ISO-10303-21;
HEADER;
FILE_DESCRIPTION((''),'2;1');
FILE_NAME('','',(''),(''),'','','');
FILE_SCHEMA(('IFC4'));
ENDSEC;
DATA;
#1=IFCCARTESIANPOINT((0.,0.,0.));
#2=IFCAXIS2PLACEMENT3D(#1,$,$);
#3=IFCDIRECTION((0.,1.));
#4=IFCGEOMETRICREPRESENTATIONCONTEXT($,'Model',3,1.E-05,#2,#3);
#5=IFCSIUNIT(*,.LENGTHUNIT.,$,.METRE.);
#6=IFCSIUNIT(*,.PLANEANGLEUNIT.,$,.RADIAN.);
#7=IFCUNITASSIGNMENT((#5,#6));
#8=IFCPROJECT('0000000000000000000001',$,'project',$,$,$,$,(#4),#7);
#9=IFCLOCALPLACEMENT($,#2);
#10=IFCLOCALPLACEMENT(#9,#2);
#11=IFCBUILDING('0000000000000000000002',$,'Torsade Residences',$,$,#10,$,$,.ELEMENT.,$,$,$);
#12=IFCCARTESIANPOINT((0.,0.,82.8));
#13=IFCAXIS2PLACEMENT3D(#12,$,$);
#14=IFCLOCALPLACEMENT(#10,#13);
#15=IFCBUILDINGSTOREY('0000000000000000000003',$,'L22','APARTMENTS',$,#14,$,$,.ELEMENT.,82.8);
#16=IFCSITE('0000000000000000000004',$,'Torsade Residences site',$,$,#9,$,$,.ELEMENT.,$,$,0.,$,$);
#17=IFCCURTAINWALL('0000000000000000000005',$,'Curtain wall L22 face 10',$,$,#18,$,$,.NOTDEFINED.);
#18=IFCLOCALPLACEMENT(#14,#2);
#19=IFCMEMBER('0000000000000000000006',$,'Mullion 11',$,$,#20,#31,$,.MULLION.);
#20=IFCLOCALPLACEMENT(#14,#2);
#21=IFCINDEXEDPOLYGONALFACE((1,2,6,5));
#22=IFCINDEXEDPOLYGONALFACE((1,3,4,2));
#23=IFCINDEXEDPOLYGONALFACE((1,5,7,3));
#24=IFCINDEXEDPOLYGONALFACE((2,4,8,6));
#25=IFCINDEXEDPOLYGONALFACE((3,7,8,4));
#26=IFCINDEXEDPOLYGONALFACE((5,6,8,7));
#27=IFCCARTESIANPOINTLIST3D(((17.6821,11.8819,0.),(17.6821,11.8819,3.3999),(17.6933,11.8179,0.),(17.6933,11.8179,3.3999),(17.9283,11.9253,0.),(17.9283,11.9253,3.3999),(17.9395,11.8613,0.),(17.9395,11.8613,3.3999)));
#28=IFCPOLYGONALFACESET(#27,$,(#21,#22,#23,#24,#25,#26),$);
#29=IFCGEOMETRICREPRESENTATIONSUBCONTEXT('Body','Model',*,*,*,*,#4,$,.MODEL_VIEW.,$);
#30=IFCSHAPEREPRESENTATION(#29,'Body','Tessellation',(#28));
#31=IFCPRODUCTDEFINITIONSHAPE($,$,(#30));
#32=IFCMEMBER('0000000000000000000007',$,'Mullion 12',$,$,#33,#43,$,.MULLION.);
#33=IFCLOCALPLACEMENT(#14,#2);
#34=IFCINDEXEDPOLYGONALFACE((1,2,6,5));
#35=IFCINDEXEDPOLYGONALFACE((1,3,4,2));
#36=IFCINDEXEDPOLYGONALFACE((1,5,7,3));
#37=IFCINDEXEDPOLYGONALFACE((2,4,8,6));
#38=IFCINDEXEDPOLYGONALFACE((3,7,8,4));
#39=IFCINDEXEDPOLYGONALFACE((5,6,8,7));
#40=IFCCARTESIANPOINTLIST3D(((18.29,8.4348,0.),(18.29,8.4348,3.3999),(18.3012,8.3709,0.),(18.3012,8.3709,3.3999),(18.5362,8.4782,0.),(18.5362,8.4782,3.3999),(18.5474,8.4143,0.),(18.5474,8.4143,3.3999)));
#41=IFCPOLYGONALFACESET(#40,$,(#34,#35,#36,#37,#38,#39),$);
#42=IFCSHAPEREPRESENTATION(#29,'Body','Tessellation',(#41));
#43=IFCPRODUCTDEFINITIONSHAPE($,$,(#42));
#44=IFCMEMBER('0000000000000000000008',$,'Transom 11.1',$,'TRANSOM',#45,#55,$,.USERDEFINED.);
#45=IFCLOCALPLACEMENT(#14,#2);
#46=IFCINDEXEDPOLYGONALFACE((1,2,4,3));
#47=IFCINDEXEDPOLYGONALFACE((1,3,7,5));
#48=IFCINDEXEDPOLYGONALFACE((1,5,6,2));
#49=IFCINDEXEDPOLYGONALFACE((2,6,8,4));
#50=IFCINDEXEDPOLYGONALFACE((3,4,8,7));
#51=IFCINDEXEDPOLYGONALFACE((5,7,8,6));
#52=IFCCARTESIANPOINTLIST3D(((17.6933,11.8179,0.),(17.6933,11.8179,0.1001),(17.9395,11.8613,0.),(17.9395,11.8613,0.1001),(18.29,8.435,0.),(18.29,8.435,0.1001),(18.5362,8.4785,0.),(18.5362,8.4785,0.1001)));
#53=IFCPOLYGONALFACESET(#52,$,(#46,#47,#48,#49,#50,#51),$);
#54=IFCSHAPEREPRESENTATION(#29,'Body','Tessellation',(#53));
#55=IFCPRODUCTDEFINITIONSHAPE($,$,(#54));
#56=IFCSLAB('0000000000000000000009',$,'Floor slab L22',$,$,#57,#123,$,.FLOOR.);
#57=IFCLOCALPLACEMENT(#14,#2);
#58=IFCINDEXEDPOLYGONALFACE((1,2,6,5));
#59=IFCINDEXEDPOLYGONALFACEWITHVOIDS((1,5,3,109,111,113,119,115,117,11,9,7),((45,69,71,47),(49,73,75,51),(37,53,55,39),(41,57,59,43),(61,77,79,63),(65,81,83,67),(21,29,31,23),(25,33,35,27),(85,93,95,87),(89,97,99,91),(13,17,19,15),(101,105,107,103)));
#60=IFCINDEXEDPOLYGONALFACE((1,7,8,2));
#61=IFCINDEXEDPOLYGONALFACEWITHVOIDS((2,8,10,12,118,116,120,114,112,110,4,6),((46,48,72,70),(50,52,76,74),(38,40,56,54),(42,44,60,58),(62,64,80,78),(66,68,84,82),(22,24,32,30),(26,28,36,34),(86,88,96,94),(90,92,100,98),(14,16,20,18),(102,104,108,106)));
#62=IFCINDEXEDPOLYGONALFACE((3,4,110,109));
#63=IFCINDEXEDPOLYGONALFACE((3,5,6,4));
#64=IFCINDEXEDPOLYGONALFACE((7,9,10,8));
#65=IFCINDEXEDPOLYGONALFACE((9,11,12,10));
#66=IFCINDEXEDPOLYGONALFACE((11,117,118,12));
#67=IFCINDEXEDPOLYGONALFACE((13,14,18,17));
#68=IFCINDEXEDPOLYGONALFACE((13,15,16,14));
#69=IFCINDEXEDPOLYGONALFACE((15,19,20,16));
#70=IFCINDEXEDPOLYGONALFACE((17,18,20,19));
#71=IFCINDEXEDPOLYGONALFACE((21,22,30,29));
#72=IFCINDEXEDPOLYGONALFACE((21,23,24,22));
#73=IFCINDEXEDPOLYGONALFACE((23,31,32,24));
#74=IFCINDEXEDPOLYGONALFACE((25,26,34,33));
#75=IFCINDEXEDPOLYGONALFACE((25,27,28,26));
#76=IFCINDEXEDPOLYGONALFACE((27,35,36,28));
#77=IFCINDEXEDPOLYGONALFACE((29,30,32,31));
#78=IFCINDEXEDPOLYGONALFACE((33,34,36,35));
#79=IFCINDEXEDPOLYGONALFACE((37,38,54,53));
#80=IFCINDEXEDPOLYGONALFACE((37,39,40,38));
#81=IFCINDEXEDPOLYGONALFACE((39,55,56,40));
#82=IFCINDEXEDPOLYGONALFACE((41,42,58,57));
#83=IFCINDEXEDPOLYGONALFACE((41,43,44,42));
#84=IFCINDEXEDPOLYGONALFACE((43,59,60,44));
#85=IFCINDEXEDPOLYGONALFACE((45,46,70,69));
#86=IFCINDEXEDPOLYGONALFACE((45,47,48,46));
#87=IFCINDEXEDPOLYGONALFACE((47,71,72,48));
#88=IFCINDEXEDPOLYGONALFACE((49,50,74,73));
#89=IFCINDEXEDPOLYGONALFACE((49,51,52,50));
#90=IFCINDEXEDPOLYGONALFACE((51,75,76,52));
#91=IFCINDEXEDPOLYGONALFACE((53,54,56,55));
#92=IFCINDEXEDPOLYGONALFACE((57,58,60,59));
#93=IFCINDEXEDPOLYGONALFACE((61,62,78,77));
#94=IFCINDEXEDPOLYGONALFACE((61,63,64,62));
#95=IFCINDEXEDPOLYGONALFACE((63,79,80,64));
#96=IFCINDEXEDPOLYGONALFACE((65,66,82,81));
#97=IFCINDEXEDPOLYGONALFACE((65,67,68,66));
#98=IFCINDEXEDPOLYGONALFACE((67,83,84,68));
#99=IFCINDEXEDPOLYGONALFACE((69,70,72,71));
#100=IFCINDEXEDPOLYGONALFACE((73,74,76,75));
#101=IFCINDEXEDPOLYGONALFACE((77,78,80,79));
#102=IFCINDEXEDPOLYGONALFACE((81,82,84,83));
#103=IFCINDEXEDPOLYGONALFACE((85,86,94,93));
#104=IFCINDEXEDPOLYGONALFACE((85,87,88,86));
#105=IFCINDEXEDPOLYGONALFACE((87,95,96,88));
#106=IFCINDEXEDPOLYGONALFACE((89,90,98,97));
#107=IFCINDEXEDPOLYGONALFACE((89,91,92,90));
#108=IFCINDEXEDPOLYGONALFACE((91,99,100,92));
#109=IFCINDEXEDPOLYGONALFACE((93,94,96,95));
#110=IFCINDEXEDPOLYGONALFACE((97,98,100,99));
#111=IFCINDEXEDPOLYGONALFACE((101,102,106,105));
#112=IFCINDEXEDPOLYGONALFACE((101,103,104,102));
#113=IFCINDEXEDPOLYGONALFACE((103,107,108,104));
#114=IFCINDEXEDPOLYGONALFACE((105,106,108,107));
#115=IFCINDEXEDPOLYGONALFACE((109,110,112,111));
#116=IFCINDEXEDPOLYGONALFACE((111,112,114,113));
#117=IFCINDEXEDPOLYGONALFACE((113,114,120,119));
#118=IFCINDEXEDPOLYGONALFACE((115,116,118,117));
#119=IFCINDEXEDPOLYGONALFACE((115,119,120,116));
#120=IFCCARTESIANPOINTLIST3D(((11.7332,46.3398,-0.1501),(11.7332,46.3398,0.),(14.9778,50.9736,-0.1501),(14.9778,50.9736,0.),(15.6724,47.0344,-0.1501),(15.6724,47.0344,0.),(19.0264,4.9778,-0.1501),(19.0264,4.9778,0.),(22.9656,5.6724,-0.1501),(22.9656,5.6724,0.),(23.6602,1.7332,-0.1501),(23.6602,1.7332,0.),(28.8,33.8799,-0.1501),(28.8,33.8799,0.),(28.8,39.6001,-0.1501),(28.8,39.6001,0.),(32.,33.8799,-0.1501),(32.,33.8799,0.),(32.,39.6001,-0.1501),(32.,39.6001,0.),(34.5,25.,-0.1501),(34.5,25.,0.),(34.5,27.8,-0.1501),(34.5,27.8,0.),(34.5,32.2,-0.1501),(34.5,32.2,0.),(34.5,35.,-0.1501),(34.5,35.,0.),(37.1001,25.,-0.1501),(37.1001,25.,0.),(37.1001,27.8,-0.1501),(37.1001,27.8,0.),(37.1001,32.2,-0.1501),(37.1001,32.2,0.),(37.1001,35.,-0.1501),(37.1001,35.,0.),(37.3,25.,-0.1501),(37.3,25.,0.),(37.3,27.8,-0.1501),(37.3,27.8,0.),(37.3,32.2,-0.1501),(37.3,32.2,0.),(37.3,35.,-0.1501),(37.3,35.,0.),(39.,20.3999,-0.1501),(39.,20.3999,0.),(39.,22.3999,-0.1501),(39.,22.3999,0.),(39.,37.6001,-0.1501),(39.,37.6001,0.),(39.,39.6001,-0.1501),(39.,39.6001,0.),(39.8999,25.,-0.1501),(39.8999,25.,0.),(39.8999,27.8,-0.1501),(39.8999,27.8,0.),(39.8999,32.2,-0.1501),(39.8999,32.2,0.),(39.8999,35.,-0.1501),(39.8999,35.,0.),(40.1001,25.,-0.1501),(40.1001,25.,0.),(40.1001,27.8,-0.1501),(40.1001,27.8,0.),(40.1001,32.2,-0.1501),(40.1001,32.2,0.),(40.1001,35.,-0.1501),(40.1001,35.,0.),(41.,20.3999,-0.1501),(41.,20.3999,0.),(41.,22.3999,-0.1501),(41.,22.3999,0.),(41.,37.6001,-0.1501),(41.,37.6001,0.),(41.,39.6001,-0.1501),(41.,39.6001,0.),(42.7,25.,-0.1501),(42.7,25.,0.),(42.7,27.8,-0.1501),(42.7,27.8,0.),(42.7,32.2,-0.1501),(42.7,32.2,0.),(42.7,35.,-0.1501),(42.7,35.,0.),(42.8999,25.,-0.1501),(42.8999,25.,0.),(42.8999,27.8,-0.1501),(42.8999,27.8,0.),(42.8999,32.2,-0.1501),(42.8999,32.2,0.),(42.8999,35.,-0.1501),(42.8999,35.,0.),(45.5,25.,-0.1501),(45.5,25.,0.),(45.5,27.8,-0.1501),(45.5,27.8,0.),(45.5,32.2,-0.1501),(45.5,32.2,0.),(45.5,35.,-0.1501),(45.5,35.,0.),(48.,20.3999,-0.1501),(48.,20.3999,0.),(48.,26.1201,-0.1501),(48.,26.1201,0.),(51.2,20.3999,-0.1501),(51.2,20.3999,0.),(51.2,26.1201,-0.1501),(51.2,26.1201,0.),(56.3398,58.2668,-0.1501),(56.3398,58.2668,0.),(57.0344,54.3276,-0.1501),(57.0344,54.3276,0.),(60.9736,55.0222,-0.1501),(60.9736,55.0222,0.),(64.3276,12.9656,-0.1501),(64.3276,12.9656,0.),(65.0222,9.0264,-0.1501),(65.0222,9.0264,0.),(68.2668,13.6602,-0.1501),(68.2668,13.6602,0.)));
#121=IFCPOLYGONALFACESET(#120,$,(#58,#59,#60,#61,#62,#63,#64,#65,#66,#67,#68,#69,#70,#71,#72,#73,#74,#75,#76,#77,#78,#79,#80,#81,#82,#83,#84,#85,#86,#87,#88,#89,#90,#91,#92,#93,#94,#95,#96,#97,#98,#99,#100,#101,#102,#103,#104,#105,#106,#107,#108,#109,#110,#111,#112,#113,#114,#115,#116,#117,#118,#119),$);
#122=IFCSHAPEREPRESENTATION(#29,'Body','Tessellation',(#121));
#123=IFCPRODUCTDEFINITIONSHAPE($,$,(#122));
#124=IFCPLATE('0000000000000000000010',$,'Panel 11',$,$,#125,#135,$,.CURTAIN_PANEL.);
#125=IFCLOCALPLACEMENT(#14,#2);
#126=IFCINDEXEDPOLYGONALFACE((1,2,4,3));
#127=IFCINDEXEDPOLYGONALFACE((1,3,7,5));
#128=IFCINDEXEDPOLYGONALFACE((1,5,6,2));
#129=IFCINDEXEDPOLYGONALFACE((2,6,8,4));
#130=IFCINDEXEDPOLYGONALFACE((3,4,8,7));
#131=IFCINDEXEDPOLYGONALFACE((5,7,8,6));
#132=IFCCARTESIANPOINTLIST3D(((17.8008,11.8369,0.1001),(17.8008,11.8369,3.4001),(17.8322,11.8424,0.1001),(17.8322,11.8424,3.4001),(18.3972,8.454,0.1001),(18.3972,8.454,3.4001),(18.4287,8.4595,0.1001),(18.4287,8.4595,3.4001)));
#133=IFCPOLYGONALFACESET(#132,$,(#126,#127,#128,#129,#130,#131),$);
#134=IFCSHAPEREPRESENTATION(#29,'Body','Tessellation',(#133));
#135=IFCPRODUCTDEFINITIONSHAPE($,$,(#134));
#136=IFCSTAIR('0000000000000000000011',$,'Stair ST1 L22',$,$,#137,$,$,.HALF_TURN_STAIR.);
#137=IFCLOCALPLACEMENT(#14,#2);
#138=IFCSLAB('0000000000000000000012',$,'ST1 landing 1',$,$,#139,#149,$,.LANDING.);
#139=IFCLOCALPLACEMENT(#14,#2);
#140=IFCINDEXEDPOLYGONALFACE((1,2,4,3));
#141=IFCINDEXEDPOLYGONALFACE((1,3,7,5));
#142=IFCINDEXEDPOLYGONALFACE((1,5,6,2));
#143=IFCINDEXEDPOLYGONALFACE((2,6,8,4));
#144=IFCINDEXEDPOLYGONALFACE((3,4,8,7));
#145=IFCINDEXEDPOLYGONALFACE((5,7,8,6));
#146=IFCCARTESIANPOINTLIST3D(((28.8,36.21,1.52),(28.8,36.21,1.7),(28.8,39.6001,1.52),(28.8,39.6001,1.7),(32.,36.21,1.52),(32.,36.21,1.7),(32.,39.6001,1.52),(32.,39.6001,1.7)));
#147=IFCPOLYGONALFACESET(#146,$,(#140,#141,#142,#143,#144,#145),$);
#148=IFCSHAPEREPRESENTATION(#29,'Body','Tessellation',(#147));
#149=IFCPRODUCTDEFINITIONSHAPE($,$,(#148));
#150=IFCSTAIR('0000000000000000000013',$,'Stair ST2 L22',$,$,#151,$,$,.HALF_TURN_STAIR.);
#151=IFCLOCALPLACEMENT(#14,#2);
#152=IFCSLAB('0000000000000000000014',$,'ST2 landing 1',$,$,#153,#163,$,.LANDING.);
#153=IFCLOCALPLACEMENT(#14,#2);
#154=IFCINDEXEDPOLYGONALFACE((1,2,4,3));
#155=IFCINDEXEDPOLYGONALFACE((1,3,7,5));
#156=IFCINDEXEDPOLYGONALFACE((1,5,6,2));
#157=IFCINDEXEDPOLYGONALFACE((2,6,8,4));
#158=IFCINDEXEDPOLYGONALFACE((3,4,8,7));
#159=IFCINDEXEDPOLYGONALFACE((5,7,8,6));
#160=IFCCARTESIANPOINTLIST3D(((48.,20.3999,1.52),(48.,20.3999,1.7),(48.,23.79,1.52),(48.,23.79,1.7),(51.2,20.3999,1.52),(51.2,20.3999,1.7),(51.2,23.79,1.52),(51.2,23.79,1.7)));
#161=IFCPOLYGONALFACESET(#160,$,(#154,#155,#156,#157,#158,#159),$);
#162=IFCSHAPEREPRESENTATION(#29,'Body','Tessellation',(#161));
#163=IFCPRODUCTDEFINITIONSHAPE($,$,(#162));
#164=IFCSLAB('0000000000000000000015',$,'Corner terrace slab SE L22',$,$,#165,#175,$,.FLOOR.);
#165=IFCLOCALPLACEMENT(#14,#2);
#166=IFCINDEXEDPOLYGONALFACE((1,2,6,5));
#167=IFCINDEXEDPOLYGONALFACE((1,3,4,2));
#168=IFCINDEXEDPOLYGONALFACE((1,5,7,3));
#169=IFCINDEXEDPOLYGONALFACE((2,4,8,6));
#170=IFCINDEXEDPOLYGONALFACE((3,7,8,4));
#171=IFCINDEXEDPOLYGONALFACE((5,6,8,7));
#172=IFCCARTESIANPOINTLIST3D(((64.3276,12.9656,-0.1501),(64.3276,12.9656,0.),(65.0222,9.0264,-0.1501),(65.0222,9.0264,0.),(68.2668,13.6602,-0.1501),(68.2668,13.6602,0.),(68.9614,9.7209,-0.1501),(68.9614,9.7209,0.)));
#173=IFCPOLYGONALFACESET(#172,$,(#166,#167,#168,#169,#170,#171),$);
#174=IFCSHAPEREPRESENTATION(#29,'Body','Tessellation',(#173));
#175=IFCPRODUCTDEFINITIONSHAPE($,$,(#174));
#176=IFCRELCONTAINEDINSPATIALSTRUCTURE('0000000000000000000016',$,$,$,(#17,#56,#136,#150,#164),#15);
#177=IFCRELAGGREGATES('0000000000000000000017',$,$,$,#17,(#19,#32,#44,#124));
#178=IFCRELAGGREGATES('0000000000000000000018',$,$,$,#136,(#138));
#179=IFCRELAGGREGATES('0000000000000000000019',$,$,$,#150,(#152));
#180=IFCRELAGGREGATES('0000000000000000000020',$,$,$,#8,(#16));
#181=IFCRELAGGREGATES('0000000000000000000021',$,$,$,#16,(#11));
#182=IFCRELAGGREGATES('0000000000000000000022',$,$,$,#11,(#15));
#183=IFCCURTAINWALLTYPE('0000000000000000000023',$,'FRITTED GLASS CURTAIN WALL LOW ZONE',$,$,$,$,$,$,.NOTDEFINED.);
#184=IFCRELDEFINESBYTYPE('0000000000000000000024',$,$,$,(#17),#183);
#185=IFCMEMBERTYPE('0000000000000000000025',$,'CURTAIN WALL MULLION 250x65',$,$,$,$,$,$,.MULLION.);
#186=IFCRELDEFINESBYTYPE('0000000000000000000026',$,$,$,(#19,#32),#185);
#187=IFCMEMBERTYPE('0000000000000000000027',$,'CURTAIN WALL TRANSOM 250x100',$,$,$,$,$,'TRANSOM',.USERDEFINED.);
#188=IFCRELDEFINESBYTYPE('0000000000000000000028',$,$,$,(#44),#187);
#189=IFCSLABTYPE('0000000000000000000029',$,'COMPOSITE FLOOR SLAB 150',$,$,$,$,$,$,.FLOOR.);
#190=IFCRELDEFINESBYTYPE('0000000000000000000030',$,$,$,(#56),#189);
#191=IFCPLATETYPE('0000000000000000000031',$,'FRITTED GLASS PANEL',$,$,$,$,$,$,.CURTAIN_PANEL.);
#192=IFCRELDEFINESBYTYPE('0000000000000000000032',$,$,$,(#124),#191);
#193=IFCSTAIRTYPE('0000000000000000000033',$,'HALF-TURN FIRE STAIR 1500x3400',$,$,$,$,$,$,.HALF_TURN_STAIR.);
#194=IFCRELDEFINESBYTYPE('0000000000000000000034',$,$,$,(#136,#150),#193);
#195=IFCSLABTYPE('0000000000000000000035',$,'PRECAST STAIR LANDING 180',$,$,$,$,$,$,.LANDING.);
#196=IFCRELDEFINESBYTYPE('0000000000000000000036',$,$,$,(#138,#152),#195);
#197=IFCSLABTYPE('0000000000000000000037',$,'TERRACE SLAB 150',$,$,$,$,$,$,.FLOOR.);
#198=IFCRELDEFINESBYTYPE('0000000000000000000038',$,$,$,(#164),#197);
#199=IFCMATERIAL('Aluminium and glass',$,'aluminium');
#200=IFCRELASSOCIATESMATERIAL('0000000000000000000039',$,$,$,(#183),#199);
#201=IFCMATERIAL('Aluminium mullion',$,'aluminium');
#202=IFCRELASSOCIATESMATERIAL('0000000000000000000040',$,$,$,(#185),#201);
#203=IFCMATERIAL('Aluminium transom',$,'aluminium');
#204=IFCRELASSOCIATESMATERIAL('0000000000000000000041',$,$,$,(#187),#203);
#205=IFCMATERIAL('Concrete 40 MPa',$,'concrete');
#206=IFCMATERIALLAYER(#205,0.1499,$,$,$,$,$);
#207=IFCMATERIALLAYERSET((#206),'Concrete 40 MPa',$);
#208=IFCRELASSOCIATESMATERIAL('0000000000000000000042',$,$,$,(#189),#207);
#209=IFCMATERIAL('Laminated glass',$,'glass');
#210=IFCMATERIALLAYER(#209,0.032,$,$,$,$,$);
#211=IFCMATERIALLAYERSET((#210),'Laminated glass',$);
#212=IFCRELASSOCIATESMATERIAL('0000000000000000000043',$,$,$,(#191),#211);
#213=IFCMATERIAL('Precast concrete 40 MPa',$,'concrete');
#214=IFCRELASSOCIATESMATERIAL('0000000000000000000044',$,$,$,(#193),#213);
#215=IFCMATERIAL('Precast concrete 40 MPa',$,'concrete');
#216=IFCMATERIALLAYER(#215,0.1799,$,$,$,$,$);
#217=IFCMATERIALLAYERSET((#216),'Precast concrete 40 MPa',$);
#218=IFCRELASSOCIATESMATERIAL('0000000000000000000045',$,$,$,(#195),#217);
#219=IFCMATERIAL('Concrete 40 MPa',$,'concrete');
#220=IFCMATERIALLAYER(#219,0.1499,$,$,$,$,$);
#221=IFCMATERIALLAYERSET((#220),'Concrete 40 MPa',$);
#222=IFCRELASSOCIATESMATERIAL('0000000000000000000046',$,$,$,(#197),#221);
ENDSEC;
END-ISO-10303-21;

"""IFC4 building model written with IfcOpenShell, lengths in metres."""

from ifc_helpers import new_model, si_unit, direction, frame, origin, origin_2d, place, context, subcontext, project, spatial, polyline, rectangle, outline, extrude, material, layer, layer_set, material_profile, profile_set, type_object, element, aggregate, save


model = new_model("IFC4")

# Units and contexts
model_context = context("Model", 3, precision=1e-05, world=origin(), true_north=direction((0.0, 1.0)))
body_context = subcontext(model_context, "Body", "Model", "MODEL_VIEW")
ifc_project = project(units=[si_unit("LENGTHUNIT", "METRE"), si_unit("PLANEANGLEUNIT", "RADIAN")], contexts=[model_context])

# Site, building, storey
site_placement = place(None, origin())
site = spatial("IfcSite", under=ifc_project, at=site_placement, Name="Torsade Residences site", CompositionType="ELEMENT", RefElevation=0.0)
building_placement = place(site_placement, origin())
building = spatial("IfcBuilding", under=site, at=building_placement, Name="Torsade Residences", CompositionType="ELEMENT")
storey_placement = place(building_placement, frame((0.0, 0.0, 82.8)))
storey = spatial("IfcBuildingStorey", under=building, at=storey_placement, Name="L22", Description="APARTMENTS", CompositionType="ELEMENT", Elevation=82.8)

# Curtain wall, members
ifc_material_1 = material(Name="Aluminium and glass", Category="aluminium")
curtain_wall_type = type_object("IfcCurtainWallType", Name="FRITTED GLASS CURTAIN WALL LOW ZONE", PredefinedType="NOTDEFINED", material=ifc_material_1)
curtain_wall_placement = place(storey_placement, origin())
curtain_wall = element("IfcCurtainWall", 1, at=curtain_wall_placement, inside=storey, type_object=curtain_wall_type, Name="Curtain wall L22 face 10", PredefinedType="NOTDEFINED")
ifc_material_2 = material(Name="Aluminium mullion", Category="aluminium")
ifc_material_profile_1 = material_profile(ifc_material_2, rectangle(XDim=0.25, YDim=0.0649, at=origin_2d()), Name="CURTAIN WALL MULLION 250x65")
ifc_profile_set_1 = profile_set([ifc_material_profile_1], Name="Aluminium mullion")
member_type_1 = type_object("IfcMemberType", Name="CURTAIN WALL MULLION 250x65", PredefinedType="MULLION", material=ifc_profile_set_1)
member_1_placement = place(storey_placement, frame((17.8108, 11.8716, 0.0), z_axis=(0.0, 0.0, 1.0), x_axis=(0.984808, 0.173648, 0.0)))
member_1 = element("IfcMember", 2, at=member_1_placement, type_object=member_type_1, Name="Mullion 11", PredefinedType="MULLION", context=body_context, shape_type="SweptSolid", body=[
    extrude(rectangle(XDim=0.25, YDim=0.0649, at=origin_2d()), origin(), (0.0, 0.0, 1.0), 3.3999),
])
member_2_placement = place(storey_placement, frame((18.4187, 8.4246, 0.0), z_axis=(0.0, 0.0, 1.0), x_axis=(0.984808, 0.173648, 0.0)))
member_2 = element("IfcMember", 3, at=member_2_placement, type_object=member_type_1, Name="Mullion 12", PredefinedType="MULLION", context=body_context, shape_type="SweptSolid", body=[
    extrude(rectangle(XDim=0.25, YDim=0.0649, at=origin_2d()), origin(), (0.0, 0.0, 1.0), 3.3999),
])
ifc_material_3 = material(Name="Aluminium transom", Category="aluminium")
ifc_material_profile_2 = material_profile(ifc_material_3, rectangle(XDim=0.25, YDim=0.1001, at=origin_2d()), Name="CURTAIN WALL TRANSOM 250x100")
ifc_profile_set_2 = profile_set([ifc_material_profile_2], Name="Aluminium transom")
member_type_2 = type_object("IfcMemberType", Name="CURTAIN WALL TRANSOM 250x100", ElementType="TRANSOM", PredefinedType="USERDEFINED", material=ifc_profile_set_2)
member_3_placement = place(storey_placement, frame((17.8164, 11.8396, 0.05), z_axis=(0.173704, -0.984798, 0.0), x_axis=(0.984798, 0.173704, 0.0)))
member_3 = element("IfcMember", 4, at=member_3_placement, type_object=member_type_2, Name="Transom 11.1", ObjectType="TRANSOM", PredefinedType="USERDEFINED", context=body_context, shape_type="SweptSolid", body=[
    extrude(rectangle(XDim=0.25, YDim=0.1001, at=origin_2d()), origin(), (0.0, 0.0, 1.0), 3.4351),
])

# Slab
ifc_material_4 = material(Name="Concrete 40 MPa", Category="concrete")
ifc_layer_1 = layer(ifc_material_4, 0.1499)
ifc_layer_set_1 = layer_set([ifc_layer_1], Name="Concrete 40 MPa")
slab_type_1 = type_object("IfcSlabType", Name="COMPOSITE FLOOR SLAB 150", PredefinedType="FLOOR", material=ifc_layer_set_1)
slab_1_placement = place(storey_placement, frame((0.0, 0.0, -0.1501)))
element("IfcSlab", 5, at=slab_1_placement, inside=storey, type_object=slab_type_1, Name="Floor slab L22", PredefinedType="FLOOR", context=body_context, shape_type="SweptSolid", body=[
    extrude(outline(polyline([(23.6602, 1.7332), (65.0222, 9.0264), (64.3276, 12.9656), (68.2668, 13.6602), (60.9736, 55.0222), (57.0344, 54.3276), (56.3398, 58.2668), (14.9778, 50.9736), (15.6724, 47.0344), (11.7332, 46.3398), (19.0264, 4.9778), (22.9656, 5.6724), (23.6602, 1.7332)]), holes=[polyline([(51.2, 20.3999), (51.2, 26.1201), (48.0, 26.1201), (48.0, 20.3999), (51.2, 20.3999)]), polyline([(45.5, 27.8), (42.8999, 27.8), (42.8999, 25.0), (45.5, 25.0), (45.5, 27.8)]), polyline([(45.5, 32.2), (45.5, 35.0), (42.8999, 35.0), (42.8999, 32.2), (45.5, 32.2)]), polyline([(42.7, 25.0), (42.7, 27.8), (40.1001, 27.8), (40.1001, 25.0), (42.7, 25.0)]), polyline([(42.7, 32.2), (42.7, 35.0), (40.1001, 35.0), (40.1001, 32.2), (42.7, 32.2)]), polyline([(41.0, 22.3999), (39.0, 22.3999), (39.0, 20.3999), (41.0, 20.3999), (41.0, 22.3999)]), polyline([(41.0, 37.6001), (41.0, 39.6001), (39.0, 39.6001), (39.0, 37.6001), (41.0, 37.6001)]), polyline([(39.8999, 25.0), (39.8999, 27.8), (37.3, 27.8), (37.3, 25.0), (39.8999, 25.0)]), polyline([(39.8999, 35.0), (37.3, 35.0), (37.3, 32.2), (39.8999, 32.2), (39.8999, 35.0)]), polyline([(37.1001, 27.8), (34.5, 27.8), (34.5, 25.0), (37.1001, 25.0), (37.1001, 27.8)]), polyline([(37.1001, 32.2), (37.1001, 35.0), (34.5, 35.0), (34.5, 32.2), (37.1001, 32.2)]), polyline([(32.0, 33.8799), (32.0, 39.6001), (28.8, 39.6001), (28.8, 33.8799), (32.0, 33.8799)])]), origin(), (0.0, 0.0, 1.0), 0.1501),
])

# Plate
ifc_material_5 = material(Name="Laminated glass", Category="glass")
ifc_layer_2 = layer(ifc_material_5, 0.032)
ifc_layer_set_2 = layer_set([ifc_layer_2], Name="Laminated glass")
plate_type = type_object("IfcPlateType", Name="FRITTED GLASS PANEL", PredefinedType="CURTAIN_PANEL", material=ifc_layer_set_2)
plate_placement = place(storey_placement, frame((18.1147, 10.1482, 0.1001), z_axis=(0.0, 0.0, 1.0), x_axis=(0.173648, -0.984808, 0.0)))
plate = element("IfcPlate", 6, at=plate_placement, type_object=plate_type, Name="Panel 11", PredefinedType="CURTAIN_PANEL", context=body_context, shape_type="SweptSolid", body=[
    extrude(rectangle(XDim=3.4351, YDim=0.032, at=origin_2d()), origin(), (0.0, 0.0, 1.0), 3.3),
])
aggregate(curtain_wall, [member_1, member_2, member_3, plate])

# Stairs, slabs
ifc_material_6 = material(Name="Precast concrete 40 MPa", Category="concrete")
stair_type = type_object("IfcStairType", Name="HALF-TURN FIRE STAIR 1500x3400", PredefinedType="HALF_TURN_STAIR", material=ifc_material_6)
stair_1_placement = place(storey_placement, origin())
stair_1 = element("IfcStair", 7, at=stair_1_placement, inside=storey, type_object=stair_type, Name="Stair ST1 L22", PredefinedType="HALF_TURN_STAIR")
ifc_material_7 = material(Name="Precast concrete 40 MPa", Category="concrete")
ifc_layer_3 = layer(ifc_material_7, 0.1799)
ifc_layer_set_3 = layer_set([ifc_layer_3], Name="Precast concrete 40 MPa")
slab_type_2 = type_object("IfcSlabType", Name="PRECAST STAIR LANDING 180", PredefinedType="LANDING", material=ifc_layer_set_3)
slab_2_placement = place(storey_placement, frame((0.0, 0.0, 1.52)))
slab_2 = element("IfcSlab", 8, at=slab_2_placement, type_object=slab_type_2, Name="ST1 landing 1", PredefinedType="LANDING", context=body_context, shape_type="SweptSolid", body=[
    extrude(outline(polyline([(28.8, 36.21), (32.0, 36.21), (32.0, 39.6001), (28.8, 39.6001), (28.8, 36.21)])), origin(), (0.0, 0.0, 1.0), 0.1799),
])
aggregate(stair_1, [slab_2])
stair_2_placement = place(storey_placement, origin())
stair_2 = element("IfcStair", 9, at=stair_2_placement, inside=storey, type_object=stair_type, Name="Stair ST2 L22", PredefinedType="HALF_TURN_STAIR")
slab_3_placement = place(storey_placement, frame((0.0, 0.0, 1.52)))
slab_3 = element("IfcSlab", 10, at=slab_3_placement, type_object=slab_type_2, Name="ST2 landing 1", PredefinedType="LANDING", context=body_context, shape_type="SweptSolid", body=[
    extrude(outline(polyline([(48.0, 20.3999), (51.2, 20.3999), (51.2, 23.79), (48.0, 23.79), (48.0, 20.3999)])), origin(), (0.0, 0.0, 1.0), 0.1799),
])
aggregate(stair_2, [slab_3])

# Slab
ifc_material_8 = material(Name="Concrete 40 MPa", Category="concrete")
ifc_layer_4 = layer(ifc_material_8, 0.1499)
ifc_layer_set_4 = layer_set([ifc_layer_4], Name="Concrete 40 MPa")
slab_type_3 = type_object("IfcSlabType", Name="TERRACE SLAB 150", PredefinedType="FLOOR", material=ifc_layer_set_4)
slab_4_placement = place(storey_placement, frame((0.0, 0.0, -0.1501)))
element("IfcSlab", 11, at=slab_4_placement, inside=storey, type_object=slab_type_3, Name="Corner terrace slab SE L22", PredefinedType="FLOOR", context=body_context, shape_type="SweptSolid", body=[
    extrude(outline(polyline([(65.0222, 9.0264), (68.9614, 9.7209), (68.2668, 13.6602), (64.3276, 12.9656), (65.0222, 9.0264)])), origin(), (0.0, 0.0, 1.0), 0.1501),
])

save(model, "model.ifc")
